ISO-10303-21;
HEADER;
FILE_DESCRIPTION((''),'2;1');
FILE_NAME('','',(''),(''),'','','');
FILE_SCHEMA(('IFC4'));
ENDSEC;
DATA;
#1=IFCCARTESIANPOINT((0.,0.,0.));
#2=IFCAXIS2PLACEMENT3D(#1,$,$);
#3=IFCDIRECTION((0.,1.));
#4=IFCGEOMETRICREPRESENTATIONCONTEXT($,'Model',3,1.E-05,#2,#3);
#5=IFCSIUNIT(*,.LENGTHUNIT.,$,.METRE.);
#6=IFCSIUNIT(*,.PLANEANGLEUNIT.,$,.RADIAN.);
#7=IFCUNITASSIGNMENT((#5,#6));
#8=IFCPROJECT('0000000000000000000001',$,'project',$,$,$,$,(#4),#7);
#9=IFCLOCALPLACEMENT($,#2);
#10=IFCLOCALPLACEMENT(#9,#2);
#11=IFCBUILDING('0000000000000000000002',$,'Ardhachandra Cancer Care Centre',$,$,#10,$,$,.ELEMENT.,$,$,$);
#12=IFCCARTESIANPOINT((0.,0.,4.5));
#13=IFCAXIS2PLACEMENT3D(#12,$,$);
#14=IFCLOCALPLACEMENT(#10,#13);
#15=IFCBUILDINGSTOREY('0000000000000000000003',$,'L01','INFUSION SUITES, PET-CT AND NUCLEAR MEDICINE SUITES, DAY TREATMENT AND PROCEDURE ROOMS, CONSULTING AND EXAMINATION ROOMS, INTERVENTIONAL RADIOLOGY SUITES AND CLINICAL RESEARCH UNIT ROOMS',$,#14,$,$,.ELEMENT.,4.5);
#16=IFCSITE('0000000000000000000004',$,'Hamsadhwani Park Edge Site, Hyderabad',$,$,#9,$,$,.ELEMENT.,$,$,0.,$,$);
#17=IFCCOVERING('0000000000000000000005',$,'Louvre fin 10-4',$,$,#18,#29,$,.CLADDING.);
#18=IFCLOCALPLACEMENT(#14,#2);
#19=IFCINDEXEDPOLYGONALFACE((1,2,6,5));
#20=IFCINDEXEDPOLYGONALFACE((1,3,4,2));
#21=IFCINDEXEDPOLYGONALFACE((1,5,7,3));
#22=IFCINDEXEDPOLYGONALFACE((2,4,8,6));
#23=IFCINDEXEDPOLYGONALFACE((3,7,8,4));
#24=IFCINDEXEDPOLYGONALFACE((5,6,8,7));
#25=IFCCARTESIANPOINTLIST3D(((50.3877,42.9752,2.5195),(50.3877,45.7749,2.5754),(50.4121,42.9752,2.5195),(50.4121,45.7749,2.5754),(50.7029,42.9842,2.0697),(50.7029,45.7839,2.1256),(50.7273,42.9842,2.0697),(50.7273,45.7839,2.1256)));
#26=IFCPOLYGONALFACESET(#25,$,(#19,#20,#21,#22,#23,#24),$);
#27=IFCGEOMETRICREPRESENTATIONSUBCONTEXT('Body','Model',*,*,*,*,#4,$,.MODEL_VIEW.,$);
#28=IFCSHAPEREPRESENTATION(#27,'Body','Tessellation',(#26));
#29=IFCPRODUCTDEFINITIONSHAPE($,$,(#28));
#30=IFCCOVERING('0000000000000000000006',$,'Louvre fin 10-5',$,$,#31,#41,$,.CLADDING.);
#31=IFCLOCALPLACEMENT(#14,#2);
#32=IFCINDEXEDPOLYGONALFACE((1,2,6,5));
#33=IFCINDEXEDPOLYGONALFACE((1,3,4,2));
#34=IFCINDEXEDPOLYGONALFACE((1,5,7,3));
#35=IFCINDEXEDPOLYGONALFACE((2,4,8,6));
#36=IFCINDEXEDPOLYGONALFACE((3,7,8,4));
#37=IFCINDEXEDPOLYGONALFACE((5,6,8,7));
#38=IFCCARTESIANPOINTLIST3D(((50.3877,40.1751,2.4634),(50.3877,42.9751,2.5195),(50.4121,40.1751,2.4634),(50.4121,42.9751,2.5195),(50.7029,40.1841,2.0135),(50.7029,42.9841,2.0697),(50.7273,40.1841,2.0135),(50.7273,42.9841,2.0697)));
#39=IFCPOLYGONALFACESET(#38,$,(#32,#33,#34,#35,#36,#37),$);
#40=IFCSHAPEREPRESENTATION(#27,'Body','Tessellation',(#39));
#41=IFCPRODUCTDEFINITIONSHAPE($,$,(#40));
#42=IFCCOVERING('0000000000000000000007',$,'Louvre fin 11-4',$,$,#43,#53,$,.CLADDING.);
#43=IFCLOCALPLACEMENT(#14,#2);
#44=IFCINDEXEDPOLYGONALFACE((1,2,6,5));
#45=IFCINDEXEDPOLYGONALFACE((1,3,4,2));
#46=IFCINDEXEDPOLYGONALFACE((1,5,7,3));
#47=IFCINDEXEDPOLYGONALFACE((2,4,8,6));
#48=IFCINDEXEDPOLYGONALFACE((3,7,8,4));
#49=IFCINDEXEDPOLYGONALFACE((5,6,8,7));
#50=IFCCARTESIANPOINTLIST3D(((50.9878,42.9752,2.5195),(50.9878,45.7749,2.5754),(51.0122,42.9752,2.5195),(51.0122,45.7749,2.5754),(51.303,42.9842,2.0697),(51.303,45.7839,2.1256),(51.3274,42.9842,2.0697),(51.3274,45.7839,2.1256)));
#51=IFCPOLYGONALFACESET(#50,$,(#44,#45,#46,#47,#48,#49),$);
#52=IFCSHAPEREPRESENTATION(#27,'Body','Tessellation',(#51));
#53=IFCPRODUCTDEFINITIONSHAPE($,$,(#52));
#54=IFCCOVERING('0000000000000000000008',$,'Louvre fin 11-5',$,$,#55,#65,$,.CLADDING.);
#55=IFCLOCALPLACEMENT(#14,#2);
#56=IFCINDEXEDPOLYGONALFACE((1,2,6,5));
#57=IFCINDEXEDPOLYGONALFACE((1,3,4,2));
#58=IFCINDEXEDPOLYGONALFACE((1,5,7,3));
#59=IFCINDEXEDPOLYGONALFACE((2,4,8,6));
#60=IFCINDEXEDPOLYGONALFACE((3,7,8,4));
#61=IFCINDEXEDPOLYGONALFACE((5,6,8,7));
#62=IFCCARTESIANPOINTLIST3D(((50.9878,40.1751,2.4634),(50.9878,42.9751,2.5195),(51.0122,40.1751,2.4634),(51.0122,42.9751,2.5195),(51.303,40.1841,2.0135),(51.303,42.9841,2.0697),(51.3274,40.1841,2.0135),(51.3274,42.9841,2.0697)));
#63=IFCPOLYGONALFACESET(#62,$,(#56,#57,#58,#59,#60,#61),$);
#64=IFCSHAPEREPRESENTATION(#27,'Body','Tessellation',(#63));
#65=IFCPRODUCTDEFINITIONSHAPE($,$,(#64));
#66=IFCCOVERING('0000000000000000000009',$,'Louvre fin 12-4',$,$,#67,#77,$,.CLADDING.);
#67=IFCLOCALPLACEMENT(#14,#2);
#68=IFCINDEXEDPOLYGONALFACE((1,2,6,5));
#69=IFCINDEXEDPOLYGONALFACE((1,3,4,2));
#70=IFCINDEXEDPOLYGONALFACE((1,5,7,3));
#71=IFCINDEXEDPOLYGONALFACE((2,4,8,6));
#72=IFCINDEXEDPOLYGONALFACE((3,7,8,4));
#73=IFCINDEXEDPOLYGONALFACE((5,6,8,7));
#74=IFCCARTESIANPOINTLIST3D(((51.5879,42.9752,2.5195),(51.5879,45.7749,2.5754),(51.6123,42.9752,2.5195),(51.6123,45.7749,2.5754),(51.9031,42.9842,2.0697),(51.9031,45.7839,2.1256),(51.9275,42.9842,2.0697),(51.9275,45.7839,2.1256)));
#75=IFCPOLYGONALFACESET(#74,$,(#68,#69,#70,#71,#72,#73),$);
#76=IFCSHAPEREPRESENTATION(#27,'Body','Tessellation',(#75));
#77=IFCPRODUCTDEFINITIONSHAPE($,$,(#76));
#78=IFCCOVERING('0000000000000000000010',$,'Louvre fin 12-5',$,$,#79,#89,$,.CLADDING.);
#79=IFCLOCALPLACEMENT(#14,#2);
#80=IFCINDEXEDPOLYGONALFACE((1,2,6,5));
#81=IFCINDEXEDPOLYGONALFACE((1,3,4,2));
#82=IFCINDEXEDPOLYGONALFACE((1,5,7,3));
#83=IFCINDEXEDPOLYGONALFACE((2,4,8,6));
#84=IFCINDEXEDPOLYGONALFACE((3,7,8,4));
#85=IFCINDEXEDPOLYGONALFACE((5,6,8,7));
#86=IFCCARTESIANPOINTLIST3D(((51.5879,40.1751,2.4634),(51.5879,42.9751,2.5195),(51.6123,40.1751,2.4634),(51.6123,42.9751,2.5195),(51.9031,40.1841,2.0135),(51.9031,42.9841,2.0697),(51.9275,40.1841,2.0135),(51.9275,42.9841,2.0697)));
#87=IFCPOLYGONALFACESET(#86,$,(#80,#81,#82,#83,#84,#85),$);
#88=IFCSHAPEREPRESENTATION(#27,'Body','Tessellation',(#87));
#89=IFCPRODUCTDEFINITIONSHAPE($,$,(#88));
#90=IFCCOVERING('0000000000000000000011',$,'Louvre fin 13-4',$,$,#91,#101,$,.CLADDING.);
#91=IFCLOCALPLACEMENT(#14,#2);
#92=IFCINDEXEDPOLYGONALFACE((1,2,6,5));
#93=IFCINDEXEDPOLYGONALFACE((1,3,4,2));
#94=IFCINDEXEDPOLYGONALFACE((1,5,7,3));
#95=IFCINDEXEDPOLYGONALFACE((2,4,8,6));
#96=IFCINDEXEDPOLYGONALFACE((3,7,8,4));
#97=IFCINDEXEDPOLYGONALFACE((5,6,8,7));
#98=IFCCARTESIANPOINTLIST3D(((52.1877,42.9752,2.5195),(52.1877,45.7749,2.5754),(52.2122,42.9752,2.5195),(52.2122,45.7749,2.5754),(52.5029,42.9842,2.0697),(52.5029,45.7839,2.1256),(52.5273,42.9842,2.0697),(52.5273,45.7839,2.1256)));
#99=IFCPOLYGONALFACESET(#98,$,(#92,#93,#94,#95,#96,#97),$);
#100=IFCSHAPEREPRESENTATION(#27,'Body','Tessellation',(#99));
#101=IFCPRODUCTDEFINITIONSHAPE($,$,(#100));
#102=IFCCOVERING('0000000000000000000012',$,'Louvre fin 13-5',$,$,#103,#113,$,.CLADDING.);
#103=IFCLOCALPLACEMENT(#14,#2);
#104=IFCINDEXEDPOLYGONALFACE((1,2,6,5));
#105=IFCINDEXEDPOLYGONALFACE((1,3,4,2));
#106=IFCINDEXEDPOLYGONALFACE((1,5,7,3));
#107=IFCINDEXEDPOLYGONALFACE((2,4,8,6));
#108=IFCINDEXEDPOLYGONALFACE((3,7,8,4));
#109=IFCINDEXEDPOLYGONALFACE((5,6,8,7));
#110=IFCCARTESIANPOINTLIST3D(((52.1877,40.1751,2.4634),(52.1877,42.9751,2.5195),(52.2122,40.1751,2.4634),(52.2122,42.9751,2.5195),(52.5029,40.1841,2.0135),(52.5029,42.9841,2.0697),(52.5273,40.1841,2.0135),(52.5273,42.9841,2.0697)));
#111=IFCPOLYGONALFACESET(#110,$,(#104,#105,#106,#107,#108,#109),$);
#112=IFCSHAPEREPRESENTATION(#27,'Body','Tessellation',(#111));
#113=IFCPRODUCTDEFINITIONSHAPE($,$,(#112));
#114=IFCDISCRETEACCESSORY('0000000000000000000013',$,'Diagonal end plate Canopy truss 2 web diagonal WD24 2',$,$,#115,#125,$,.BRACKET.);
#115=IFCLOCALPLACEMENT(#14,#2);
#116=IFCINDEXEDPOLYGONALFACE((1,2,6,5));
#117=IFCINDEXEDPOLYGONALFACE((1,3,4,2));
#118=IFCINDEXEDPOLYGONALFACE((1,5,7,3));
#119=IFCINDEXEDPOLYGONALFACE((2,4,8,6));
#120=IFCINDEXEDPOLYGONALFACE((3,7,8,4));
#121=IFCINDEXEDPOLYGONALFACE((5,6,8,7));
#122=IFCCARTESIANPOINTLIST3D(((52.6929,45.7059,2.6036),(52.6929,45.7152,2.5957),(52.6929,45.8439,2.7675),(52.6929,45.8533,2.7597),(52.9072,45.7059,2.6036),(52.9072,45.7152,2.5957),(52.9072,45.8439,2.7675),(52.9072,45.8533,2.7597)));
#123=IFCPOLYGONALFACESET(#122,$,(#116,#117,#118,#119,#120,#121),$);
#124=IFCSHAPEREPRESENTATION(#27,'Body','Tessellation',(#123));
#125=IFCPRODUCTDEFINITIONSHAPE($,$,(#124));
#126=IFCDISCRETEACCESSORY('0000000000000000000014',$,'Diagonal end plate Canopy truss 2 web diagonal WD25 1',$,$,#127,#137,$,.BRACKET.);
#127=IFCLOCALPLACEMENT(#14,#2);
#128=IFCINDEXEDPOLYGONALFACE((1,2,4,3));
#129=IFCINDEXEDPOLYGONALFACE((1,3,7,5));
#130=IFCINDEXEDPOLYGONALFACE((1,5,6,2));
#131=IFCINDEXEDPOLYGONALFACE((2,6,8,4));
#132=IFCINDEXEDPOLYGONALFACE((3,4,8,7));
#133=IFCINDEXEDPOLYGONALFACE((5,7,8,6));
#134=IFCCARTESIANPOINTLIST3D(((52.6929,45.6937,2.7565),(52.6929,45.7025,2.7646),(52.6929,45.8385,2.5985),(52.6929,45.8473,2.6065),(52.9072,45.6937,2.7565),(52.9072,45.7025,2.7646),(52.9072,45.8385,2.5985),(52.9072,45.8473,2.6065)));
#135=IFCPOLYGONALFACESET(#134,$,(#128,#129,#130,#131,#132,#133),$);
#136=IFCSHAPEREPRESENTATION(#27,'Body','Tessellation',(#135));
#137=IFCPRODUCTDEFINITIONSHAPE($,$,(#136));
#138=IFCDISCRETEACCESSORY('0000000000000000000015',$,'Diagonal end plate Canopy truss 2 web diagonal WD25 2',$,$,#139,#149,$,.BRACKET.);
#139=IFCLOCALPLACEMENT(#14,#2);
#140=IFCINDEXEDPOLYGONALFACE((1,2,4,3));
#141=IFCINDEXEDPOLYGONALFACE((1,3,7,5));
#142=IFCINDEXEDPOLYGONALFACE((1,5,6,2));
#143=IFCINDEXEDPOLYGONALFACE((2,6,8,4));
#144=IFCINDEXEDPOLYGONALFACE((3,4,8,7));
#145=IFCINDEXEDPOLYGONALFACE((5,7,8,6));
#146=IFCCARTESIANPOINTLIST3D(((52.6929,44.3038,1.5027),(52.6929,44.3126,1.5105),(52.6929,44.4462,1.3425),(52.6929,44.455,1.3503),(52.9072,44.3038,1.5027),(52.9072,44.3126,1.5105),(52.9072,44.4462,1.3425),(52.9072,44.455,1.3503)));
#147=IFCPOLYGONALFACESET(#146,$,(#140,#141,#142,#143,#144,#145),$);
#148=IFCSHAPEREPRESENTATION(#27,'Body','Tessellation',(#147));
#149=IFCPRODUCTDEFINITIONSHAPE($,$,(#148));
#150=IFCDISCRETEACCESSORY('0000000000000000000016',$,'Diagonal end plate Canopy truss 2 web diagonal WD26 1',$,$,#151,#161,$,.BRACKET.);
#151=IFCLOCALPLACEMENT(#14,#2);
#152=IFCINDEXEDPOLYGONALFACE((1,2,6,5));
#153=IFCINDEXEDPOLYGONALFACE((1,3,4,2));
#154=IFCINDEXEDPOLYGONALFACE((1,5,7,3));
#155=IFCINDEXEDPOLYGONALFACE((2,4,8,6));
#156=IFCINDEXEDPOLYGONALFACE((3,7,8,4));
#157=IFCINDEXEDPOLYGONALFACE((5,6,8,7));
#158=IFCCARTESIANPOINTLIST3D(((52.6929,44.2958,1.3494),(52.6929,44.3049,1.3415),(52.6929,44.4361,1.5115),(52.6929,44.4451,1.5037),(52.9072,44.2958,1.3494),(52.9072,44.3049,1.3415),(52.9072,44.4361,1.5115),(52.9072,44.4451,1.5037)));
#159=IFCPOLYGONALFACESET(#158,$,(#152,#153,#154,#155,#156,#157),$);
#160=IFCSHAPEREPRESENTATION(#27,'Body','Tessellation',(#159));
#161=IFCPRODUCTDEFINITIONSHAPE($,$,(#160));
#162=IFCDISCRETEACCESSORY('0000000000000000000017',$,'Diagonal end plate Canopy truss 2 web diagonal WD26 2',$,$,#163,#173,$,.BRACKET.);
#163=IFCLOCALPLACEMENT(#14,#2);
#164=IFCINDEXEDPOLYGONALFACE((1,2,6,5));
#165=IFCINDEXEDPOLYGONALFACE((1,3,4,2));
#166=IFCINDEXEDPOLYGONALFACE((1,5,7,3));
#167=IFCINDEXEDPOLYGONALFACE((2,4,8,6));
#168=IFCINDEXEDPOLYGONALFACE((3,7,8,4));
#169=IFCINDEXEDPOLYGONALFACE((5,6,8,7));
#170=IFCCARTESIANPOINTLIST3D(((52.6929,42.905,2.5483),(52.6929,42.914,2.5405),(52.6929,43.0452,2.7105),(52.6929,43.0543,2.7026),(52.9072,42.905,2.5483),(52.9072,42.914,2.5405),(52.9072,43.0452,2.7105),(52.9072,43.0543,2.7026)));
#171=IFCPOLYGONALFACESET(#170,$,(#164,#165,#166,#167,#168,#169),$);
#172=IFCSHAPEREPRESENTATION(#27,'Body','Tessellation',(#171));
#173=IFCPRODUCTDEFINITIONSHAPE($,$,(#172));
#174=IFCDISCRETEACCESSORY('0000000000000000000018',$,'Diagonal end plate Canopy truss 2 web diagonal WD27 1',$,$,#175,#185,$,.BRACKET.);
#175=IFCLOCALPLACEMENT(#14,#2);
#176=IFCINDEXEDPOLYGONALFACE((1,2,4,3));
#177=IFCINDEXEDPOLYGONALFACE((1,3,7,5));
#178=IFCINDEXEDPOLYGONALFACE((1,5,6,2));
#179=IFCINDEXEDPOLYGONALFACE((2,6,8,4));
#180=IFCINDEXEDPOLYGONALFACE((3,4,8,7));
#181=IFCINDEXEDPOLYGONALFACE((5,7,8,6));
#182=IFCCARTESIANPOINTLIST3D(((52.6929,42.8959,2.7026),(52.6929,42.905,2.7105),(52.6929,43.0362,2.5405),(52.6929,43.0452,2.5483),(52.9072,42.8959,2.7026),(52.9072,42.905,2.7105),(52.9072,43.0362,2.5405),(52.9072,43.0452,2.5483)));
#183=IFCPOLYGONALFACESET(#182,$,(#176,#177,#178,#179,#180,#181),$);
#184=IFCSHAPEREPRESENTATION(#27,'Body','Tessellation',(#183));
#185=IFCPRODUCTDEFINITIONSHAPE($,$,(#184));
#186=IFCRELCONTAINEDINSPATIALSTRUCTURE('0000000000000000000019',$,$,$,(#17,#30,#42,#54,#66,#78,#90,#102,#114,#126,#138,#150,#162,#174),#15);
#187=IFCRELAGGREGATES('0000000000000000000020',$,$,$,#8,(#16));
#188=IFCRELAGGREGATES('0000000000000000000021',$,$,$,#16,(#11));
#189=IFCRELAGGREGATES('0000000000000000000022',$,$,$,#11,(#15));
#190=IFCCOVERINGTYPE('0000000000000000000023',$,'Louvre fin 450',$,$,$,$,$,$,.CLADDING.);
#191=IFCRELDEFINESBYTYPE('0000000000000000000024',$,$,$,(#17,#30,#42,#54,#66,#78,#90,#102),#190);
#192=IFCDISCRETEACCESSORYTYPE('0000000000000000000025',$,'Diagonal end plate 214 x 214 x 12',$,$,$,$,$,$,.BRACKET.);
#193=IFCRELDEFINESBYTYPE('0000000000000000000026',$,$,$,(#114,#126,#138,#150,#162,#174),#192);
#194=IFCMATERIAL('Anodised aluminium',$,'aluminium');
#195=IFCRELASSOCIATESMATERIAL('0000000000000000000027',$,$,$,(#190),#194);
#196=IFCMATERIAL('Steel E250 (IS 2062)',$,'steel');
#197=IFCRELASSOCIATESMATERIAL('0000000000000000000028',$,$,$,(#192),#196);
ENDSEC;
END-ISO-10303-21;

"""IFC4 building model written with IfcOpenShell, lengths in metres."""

from ifc_helpers import new_model, si_unit, direction, frame, origin, origin_2d, place, context, subcontext, project, spatial, polyline, rectangle, outline, extrude, material, material_profile, profile_set, type_object, element, save


model = new_model("IFC4")

# Units and contexts
model_context = context("Model", 3, precision=1e-05, world=origin(), true_north=direction((0.0, 1.0)))
body_context = subcontext(model_context, "Body", "Model", "MODEL_VIEW")
ifc_project = project(units=[si_unit("LENGTHUNIT", "METRE"), si_unit("PLANEANGLEUNIT", "RADIAN")], contexts=[model_context])

# Site, building, storey
site_placement = place(None, origin())
site = spatial("IfcSite", under=ifc_project, at=site_placement, Name="Hamsadhwani Park Edge Site, Hyderabad", CompositionType="ELEMENT", RefElevation=0.0)
building_placement = place(site_placement, origin())
building = spatial("IfcBuilding", under=site, at=building_placement, Name="Ardhachandra Cancer Care Centre", CompositionType="ELEMENT")
storey_placement = place(building_placement, frame((0.0, 0.0, 4.5)))
storey = spatial("IfcBuildingStorey", under=building, at=storey_placement, Name="L01", Description="INFUSION SUITES, PET-CT AND NUCLEAR MEDICINE SUITES, DAY TREATMENT AND PROCEDURE ROOMS, CONSULTING AND EXAMINATION ROOMS, INTERVENTIONAL RADIOLOGY SUITES AND CLINICAL RESEARCH UNIT ROOMS", CompositionType="ELEMENT", Elevation=4.5)

# Coverings
ifc_material_1 = material(Name="Anodised aluminium", Category="aluminium")
ifc_material_profile_1 = material_profile(ifc_material_1, outline(polyline([(-0.0122, 0.0), (0.0122, 0.0), (0.3274, -0.45), (0.303, -0.45), (-0.0122, 0.0)])), Name="Louvre fin 450")
ifc_profile_set_1 = profile_set([ifc_material_profile_1], Name="Anodised aluminium")
covering_type = type_object("IfcCoveringType", Name="Louvre fin 450", PredefinedType="CLADDING", material=ifc_profile_set_1)
covering_1_placement = place(storey_placement, frame((50.3999, 45.7749, 2.5754), z_axis=(0.0, -0.999801, -0.019965), x_axis=(1.0, 0.0, 0.0)))
element("IfcCovering", 1, at=covering_1_placement, inside=storey, type_object=covering_type, Name="Louvre fin 10-4", PredefinedType="CLADDING", context=body_context, shape_type="SweptSolid", body=[
    extrude(outline(polyline([(-0.0122, 0.0), (0.0122, 0.0), (0.3274, -0.45), (0.303, -0.45), (-0.0122, 0.0)])), origin(), (0.0, 0.0, 1.0), 2.8003),
])
covering_2_placement = place(storey_placement, frame((50.3999, 42.9751, 2.5195), z_axis=(0.0, -0.999799, -0.02005), x_axis=(1.0, 0.0, 0.0)))
element("IfcCovering", 2, at=covering_2_placement, inside=storey, type_object=covering_type, Name="Louvre fin 10-5", PredefinedType="CLADDING", context=body_context, shape_type="SweptSolid", body=[
    extrude(outline(polyline([(-0.0122, 0.0), (0.0122, 0.0), (0.3274, -0.45), (0.303, -0.45), (-0.0122, 0.0)])), origin(), (0.0, 0.0, 1.0), 2.8005),
])
covering_3_placement = place(storey_placement, frame((51.0, 45.7749, 2.5754), z_axis=(0.0, -0.999801, -0.019965), x_axis=(1.0, 0.0, 0.0)))
element("IfcCovering", 3, at=covering_3_placement, inside=storey, type_object=covering_type, Name="Louvre fin 11-4", PredefinedType="CLADDING", context=body_context, shape_type="SweptSolid", body=[
    extrude(outline(polyline([(-0.0122, 0.0), (0.0122, 0.0), (0.3274, -0.45), (0.303, -0.45), (-0.0122, 0.0)])), origin(), (0.0, 0.0, 1.0), 2.8003),
])
covering_4_placement = place(storey_placement, frame((51.0, 42.9751, 2.5195), z_axis=(0.0, -0.999799, -0.02005), x_axis=(1.0, 0.0, 0.0)))
element("IfcCovering", 4, at=covering_4_placement, inside=storey, type_object=covering_type, Name="Louvre fin 11-5", PredefinedType="CLADDING", context=body_context, shape_type="SweptSolid", body=[
    extrude(outline(polyline([(-0.0122, 0.0), (0.0122, 0.0), (0.3274, -0.45), (0.303, -0.45), (-0.0122, 0.0)])), origin(), (0.0, 0.0, 1.0), 2.8005),
])
covering_5_placement = place(storey_placement, frame((51.6001, 45.7749, 2.5754), z_axis=(0.0, -0.999801, -0.019965), x_axis=(1.0, 0.0, 0.0)))
element("IfcCovering", 5, at=covering_5_placement, inside=storey, type_object=covering_type, Name="Louvre fin 12-4", PredefinedType="CLADDING", context=body_context, shape_type="SweptSolid", body=[
    extrude(outline(polyline([(-0.0122, 0.0), (0.0122, 0.0), (0.3274, -0.45), (0.303, -0.45), (-0.0122, 0.0)])), origin(), (0.0, 0.0, 1.0), 2.8003),
])
covering_6_placement = place(storey_placement, frame((51.6001, 42.9751, 2.5195), z_axis=(0.0, -0.999799, -0.02005), x_axis=(1.0, 0.0, 0.0)))
element("IfcCovering", 6, at=covering_6_placement, inside=storey, type_object=covering_type, Name="Louvre fin 12-5", PredefinedType="CLADDING", context=body_context, shape_type="SweptSolid", body=[
    extrude(outline(polyline([(-0.0122, 0.0), (0.0122, 0.0), (0.3274, -0.45), (0.303, -0.45), (-0.0122, 0.0)])), origin(), (0.0, 0.0, 1.0), 2.8005),
])
covering_7_placement = place(storey_placement, frame((52.2, 45.7749, 2.5754), z_axis=(0.0, -0.999801, -0.019965), x_axis=(1.0, 0.0, 0.0)))
element("IfcCovering", 7, at=covering_7_placement, inside=storey, type_object=covering_type, Name="Louvre fin 13-4", PredefinedType="CLADDING", context=body_context, shape_type="SweptSolid", body=[
    extrude(outline(polyline([(-0.0122, 0.0), (0.0122, 0.0), (0.3274, -0.45), (0.303, -0.45), (-0.0122, 0.0)])), origin(), (0.0, 0.0, 1.0), 2.8003),
])
covering_8_placement = place(storey_placement, frame((52.2, 42.9751, 2.5195), z_axis=(0.0, -0.999799, -0.02005), x_axis=(1.0, 0.0, 0.0)))
element("IfcCovering", 8, at=covering_8_placement, inside=storey, type_object=covering_type, Name="Louvre fin 13-5", PredefinedType="CLADDING", context=body_context, shape_type="SweptSolid", body=[
    extrude(outline(polyline([(-0.0122, 0.0), (0.0122, 0.0), (0.3274, -0.45), (0.303, -0.45), (-0.0122, 0.0)])), origin(), (0.0, 0.0, 1.0), 2.8005),
])

# Discrete accessories
ifc_material_2 = material(Name="Steel E250 (IS 2062)", Category="steel")
ifc_material_profile_2 = material_profile(ifc_material_2, rectangle(XDim=0.2144, YDim=0.2144, at=origin_2d()), Name="PL 214x214x12")
ifc_profile_set_2 = profile_set([ifc_material_profile_2], Name="Steel E250 (IS 2062)")
discrete_accessory_type = type_object("IfcDiscreteAccessoryType", Name="Diagonal end plate 214 x 214 x 12", PredefinedType="BRACKET", material=ifc_profile_set_2)
discrete_accessory_1_placement = place(storey_placement, frame((52.8, 45.7749, 2.6855), z_axis=(0.0, 0.764911, -0.644136), x_axis=(-1.0, 0.0, 0.0)))
element("IfcDiscreteAccessory", 9, at=discrete_accessory_1_placement, inside=storey, type_object=discrete_accessory_type, Name="Diagonal end plate Canopy truss 2 web diagonal WD24 2", PredefinedType="BRACKET", context=body_context, shape_type="SweptSolid", body=[
    extrude(rectangle(XDim=0.2144, YDim=0.2144, at=origin_2d()), origin(), (0.0, 0.0, 1.0), 0.0122),
])
discrete_accessory_2_placement = place(storey_placement, frame((52.8, 45.7749, 2.6855), z_axis=(0.0, -0.737154, -0.675725), x_axis=(1.0, 0.0, 0.0)))
element("IfcDiscreteAccessory", 10, at=discrete_accessory_2_placement, inside=storey, type_object=discrete_accessory_type, Name="Diagonal end plate Canopy truss 2 web diagonal WD25 1", PredefinedType="BRACKET", context=body_context, shape_type="SweptSolid", body=[
    extrude(rectangle(XDim=0.2144, YDim=0.2144, at=origin_2d()), origin(), (0.0, 0.0, 1.0), 0.012),
])
discrete_accessory_3_placement = place(storey_placement, frame((52.8, 44.375, 1.4226), z_axis=(0.0, 0.747409, 0.664364), x_axis=(-1.0, 0.0, 0.0)))
element("IfcDiscreteAccessory", 11, at=discrete_accessory_3_placement, inside=storey, type_object=discrete_accessory_type, Name="Diagonal end plate Canopy truss 2 web diagonal WD25 2", PredefinedType="BRACKET", context=body_context, shape_type="SweptSolid", body=[
    extrude(rectangle(XDim=0.2144, YDim=0.2144, at=origin_2d()), origin(), (0.0, 0.0, 1.0), 0.0117),
])
for number, where, z_axis, x_axis, name in (
    (12, (52.8, 44.375, 1.4226), (0.0, -0.756363, 0.654152), (1.0, 0.0, 0.0), "Diagonal end plate Canopy truss 2 web diagonal WD26 1"),
    (13, (52.8, 42.9751, 2.6294), (0.0, 0.756363, -0.654152), (-1.0, 0.0, 0.0), "Diagonal end plate Canopy truss 2 web diagonal WD26 2"),
    (14, (52.8, 42.9751, 2.6294), (0.0, -0.756363, -0.654152), (1.0, 0.0, 0.0), "Diagonal end plate Canopy truss 2 web diagonal WD27 1"),
):
    element("IfcDiscreteAccessory", number, at=place(storey_placement, frame(where, z_axis=z_axis, x_axis=x_axis)), inside=storey, type_object=discrete_accessory_type, Name=name, PredefinedType="BRACKET", context=body_context, shape_type="SweptSolid", body=[
        extrude(rectangle(XDim=0.2144, YDim=0.2144, at=origin_2d()), origin(), (0.0, 0.0, 1.0), 0.012),
    ])

save(model, "model.ifc")
